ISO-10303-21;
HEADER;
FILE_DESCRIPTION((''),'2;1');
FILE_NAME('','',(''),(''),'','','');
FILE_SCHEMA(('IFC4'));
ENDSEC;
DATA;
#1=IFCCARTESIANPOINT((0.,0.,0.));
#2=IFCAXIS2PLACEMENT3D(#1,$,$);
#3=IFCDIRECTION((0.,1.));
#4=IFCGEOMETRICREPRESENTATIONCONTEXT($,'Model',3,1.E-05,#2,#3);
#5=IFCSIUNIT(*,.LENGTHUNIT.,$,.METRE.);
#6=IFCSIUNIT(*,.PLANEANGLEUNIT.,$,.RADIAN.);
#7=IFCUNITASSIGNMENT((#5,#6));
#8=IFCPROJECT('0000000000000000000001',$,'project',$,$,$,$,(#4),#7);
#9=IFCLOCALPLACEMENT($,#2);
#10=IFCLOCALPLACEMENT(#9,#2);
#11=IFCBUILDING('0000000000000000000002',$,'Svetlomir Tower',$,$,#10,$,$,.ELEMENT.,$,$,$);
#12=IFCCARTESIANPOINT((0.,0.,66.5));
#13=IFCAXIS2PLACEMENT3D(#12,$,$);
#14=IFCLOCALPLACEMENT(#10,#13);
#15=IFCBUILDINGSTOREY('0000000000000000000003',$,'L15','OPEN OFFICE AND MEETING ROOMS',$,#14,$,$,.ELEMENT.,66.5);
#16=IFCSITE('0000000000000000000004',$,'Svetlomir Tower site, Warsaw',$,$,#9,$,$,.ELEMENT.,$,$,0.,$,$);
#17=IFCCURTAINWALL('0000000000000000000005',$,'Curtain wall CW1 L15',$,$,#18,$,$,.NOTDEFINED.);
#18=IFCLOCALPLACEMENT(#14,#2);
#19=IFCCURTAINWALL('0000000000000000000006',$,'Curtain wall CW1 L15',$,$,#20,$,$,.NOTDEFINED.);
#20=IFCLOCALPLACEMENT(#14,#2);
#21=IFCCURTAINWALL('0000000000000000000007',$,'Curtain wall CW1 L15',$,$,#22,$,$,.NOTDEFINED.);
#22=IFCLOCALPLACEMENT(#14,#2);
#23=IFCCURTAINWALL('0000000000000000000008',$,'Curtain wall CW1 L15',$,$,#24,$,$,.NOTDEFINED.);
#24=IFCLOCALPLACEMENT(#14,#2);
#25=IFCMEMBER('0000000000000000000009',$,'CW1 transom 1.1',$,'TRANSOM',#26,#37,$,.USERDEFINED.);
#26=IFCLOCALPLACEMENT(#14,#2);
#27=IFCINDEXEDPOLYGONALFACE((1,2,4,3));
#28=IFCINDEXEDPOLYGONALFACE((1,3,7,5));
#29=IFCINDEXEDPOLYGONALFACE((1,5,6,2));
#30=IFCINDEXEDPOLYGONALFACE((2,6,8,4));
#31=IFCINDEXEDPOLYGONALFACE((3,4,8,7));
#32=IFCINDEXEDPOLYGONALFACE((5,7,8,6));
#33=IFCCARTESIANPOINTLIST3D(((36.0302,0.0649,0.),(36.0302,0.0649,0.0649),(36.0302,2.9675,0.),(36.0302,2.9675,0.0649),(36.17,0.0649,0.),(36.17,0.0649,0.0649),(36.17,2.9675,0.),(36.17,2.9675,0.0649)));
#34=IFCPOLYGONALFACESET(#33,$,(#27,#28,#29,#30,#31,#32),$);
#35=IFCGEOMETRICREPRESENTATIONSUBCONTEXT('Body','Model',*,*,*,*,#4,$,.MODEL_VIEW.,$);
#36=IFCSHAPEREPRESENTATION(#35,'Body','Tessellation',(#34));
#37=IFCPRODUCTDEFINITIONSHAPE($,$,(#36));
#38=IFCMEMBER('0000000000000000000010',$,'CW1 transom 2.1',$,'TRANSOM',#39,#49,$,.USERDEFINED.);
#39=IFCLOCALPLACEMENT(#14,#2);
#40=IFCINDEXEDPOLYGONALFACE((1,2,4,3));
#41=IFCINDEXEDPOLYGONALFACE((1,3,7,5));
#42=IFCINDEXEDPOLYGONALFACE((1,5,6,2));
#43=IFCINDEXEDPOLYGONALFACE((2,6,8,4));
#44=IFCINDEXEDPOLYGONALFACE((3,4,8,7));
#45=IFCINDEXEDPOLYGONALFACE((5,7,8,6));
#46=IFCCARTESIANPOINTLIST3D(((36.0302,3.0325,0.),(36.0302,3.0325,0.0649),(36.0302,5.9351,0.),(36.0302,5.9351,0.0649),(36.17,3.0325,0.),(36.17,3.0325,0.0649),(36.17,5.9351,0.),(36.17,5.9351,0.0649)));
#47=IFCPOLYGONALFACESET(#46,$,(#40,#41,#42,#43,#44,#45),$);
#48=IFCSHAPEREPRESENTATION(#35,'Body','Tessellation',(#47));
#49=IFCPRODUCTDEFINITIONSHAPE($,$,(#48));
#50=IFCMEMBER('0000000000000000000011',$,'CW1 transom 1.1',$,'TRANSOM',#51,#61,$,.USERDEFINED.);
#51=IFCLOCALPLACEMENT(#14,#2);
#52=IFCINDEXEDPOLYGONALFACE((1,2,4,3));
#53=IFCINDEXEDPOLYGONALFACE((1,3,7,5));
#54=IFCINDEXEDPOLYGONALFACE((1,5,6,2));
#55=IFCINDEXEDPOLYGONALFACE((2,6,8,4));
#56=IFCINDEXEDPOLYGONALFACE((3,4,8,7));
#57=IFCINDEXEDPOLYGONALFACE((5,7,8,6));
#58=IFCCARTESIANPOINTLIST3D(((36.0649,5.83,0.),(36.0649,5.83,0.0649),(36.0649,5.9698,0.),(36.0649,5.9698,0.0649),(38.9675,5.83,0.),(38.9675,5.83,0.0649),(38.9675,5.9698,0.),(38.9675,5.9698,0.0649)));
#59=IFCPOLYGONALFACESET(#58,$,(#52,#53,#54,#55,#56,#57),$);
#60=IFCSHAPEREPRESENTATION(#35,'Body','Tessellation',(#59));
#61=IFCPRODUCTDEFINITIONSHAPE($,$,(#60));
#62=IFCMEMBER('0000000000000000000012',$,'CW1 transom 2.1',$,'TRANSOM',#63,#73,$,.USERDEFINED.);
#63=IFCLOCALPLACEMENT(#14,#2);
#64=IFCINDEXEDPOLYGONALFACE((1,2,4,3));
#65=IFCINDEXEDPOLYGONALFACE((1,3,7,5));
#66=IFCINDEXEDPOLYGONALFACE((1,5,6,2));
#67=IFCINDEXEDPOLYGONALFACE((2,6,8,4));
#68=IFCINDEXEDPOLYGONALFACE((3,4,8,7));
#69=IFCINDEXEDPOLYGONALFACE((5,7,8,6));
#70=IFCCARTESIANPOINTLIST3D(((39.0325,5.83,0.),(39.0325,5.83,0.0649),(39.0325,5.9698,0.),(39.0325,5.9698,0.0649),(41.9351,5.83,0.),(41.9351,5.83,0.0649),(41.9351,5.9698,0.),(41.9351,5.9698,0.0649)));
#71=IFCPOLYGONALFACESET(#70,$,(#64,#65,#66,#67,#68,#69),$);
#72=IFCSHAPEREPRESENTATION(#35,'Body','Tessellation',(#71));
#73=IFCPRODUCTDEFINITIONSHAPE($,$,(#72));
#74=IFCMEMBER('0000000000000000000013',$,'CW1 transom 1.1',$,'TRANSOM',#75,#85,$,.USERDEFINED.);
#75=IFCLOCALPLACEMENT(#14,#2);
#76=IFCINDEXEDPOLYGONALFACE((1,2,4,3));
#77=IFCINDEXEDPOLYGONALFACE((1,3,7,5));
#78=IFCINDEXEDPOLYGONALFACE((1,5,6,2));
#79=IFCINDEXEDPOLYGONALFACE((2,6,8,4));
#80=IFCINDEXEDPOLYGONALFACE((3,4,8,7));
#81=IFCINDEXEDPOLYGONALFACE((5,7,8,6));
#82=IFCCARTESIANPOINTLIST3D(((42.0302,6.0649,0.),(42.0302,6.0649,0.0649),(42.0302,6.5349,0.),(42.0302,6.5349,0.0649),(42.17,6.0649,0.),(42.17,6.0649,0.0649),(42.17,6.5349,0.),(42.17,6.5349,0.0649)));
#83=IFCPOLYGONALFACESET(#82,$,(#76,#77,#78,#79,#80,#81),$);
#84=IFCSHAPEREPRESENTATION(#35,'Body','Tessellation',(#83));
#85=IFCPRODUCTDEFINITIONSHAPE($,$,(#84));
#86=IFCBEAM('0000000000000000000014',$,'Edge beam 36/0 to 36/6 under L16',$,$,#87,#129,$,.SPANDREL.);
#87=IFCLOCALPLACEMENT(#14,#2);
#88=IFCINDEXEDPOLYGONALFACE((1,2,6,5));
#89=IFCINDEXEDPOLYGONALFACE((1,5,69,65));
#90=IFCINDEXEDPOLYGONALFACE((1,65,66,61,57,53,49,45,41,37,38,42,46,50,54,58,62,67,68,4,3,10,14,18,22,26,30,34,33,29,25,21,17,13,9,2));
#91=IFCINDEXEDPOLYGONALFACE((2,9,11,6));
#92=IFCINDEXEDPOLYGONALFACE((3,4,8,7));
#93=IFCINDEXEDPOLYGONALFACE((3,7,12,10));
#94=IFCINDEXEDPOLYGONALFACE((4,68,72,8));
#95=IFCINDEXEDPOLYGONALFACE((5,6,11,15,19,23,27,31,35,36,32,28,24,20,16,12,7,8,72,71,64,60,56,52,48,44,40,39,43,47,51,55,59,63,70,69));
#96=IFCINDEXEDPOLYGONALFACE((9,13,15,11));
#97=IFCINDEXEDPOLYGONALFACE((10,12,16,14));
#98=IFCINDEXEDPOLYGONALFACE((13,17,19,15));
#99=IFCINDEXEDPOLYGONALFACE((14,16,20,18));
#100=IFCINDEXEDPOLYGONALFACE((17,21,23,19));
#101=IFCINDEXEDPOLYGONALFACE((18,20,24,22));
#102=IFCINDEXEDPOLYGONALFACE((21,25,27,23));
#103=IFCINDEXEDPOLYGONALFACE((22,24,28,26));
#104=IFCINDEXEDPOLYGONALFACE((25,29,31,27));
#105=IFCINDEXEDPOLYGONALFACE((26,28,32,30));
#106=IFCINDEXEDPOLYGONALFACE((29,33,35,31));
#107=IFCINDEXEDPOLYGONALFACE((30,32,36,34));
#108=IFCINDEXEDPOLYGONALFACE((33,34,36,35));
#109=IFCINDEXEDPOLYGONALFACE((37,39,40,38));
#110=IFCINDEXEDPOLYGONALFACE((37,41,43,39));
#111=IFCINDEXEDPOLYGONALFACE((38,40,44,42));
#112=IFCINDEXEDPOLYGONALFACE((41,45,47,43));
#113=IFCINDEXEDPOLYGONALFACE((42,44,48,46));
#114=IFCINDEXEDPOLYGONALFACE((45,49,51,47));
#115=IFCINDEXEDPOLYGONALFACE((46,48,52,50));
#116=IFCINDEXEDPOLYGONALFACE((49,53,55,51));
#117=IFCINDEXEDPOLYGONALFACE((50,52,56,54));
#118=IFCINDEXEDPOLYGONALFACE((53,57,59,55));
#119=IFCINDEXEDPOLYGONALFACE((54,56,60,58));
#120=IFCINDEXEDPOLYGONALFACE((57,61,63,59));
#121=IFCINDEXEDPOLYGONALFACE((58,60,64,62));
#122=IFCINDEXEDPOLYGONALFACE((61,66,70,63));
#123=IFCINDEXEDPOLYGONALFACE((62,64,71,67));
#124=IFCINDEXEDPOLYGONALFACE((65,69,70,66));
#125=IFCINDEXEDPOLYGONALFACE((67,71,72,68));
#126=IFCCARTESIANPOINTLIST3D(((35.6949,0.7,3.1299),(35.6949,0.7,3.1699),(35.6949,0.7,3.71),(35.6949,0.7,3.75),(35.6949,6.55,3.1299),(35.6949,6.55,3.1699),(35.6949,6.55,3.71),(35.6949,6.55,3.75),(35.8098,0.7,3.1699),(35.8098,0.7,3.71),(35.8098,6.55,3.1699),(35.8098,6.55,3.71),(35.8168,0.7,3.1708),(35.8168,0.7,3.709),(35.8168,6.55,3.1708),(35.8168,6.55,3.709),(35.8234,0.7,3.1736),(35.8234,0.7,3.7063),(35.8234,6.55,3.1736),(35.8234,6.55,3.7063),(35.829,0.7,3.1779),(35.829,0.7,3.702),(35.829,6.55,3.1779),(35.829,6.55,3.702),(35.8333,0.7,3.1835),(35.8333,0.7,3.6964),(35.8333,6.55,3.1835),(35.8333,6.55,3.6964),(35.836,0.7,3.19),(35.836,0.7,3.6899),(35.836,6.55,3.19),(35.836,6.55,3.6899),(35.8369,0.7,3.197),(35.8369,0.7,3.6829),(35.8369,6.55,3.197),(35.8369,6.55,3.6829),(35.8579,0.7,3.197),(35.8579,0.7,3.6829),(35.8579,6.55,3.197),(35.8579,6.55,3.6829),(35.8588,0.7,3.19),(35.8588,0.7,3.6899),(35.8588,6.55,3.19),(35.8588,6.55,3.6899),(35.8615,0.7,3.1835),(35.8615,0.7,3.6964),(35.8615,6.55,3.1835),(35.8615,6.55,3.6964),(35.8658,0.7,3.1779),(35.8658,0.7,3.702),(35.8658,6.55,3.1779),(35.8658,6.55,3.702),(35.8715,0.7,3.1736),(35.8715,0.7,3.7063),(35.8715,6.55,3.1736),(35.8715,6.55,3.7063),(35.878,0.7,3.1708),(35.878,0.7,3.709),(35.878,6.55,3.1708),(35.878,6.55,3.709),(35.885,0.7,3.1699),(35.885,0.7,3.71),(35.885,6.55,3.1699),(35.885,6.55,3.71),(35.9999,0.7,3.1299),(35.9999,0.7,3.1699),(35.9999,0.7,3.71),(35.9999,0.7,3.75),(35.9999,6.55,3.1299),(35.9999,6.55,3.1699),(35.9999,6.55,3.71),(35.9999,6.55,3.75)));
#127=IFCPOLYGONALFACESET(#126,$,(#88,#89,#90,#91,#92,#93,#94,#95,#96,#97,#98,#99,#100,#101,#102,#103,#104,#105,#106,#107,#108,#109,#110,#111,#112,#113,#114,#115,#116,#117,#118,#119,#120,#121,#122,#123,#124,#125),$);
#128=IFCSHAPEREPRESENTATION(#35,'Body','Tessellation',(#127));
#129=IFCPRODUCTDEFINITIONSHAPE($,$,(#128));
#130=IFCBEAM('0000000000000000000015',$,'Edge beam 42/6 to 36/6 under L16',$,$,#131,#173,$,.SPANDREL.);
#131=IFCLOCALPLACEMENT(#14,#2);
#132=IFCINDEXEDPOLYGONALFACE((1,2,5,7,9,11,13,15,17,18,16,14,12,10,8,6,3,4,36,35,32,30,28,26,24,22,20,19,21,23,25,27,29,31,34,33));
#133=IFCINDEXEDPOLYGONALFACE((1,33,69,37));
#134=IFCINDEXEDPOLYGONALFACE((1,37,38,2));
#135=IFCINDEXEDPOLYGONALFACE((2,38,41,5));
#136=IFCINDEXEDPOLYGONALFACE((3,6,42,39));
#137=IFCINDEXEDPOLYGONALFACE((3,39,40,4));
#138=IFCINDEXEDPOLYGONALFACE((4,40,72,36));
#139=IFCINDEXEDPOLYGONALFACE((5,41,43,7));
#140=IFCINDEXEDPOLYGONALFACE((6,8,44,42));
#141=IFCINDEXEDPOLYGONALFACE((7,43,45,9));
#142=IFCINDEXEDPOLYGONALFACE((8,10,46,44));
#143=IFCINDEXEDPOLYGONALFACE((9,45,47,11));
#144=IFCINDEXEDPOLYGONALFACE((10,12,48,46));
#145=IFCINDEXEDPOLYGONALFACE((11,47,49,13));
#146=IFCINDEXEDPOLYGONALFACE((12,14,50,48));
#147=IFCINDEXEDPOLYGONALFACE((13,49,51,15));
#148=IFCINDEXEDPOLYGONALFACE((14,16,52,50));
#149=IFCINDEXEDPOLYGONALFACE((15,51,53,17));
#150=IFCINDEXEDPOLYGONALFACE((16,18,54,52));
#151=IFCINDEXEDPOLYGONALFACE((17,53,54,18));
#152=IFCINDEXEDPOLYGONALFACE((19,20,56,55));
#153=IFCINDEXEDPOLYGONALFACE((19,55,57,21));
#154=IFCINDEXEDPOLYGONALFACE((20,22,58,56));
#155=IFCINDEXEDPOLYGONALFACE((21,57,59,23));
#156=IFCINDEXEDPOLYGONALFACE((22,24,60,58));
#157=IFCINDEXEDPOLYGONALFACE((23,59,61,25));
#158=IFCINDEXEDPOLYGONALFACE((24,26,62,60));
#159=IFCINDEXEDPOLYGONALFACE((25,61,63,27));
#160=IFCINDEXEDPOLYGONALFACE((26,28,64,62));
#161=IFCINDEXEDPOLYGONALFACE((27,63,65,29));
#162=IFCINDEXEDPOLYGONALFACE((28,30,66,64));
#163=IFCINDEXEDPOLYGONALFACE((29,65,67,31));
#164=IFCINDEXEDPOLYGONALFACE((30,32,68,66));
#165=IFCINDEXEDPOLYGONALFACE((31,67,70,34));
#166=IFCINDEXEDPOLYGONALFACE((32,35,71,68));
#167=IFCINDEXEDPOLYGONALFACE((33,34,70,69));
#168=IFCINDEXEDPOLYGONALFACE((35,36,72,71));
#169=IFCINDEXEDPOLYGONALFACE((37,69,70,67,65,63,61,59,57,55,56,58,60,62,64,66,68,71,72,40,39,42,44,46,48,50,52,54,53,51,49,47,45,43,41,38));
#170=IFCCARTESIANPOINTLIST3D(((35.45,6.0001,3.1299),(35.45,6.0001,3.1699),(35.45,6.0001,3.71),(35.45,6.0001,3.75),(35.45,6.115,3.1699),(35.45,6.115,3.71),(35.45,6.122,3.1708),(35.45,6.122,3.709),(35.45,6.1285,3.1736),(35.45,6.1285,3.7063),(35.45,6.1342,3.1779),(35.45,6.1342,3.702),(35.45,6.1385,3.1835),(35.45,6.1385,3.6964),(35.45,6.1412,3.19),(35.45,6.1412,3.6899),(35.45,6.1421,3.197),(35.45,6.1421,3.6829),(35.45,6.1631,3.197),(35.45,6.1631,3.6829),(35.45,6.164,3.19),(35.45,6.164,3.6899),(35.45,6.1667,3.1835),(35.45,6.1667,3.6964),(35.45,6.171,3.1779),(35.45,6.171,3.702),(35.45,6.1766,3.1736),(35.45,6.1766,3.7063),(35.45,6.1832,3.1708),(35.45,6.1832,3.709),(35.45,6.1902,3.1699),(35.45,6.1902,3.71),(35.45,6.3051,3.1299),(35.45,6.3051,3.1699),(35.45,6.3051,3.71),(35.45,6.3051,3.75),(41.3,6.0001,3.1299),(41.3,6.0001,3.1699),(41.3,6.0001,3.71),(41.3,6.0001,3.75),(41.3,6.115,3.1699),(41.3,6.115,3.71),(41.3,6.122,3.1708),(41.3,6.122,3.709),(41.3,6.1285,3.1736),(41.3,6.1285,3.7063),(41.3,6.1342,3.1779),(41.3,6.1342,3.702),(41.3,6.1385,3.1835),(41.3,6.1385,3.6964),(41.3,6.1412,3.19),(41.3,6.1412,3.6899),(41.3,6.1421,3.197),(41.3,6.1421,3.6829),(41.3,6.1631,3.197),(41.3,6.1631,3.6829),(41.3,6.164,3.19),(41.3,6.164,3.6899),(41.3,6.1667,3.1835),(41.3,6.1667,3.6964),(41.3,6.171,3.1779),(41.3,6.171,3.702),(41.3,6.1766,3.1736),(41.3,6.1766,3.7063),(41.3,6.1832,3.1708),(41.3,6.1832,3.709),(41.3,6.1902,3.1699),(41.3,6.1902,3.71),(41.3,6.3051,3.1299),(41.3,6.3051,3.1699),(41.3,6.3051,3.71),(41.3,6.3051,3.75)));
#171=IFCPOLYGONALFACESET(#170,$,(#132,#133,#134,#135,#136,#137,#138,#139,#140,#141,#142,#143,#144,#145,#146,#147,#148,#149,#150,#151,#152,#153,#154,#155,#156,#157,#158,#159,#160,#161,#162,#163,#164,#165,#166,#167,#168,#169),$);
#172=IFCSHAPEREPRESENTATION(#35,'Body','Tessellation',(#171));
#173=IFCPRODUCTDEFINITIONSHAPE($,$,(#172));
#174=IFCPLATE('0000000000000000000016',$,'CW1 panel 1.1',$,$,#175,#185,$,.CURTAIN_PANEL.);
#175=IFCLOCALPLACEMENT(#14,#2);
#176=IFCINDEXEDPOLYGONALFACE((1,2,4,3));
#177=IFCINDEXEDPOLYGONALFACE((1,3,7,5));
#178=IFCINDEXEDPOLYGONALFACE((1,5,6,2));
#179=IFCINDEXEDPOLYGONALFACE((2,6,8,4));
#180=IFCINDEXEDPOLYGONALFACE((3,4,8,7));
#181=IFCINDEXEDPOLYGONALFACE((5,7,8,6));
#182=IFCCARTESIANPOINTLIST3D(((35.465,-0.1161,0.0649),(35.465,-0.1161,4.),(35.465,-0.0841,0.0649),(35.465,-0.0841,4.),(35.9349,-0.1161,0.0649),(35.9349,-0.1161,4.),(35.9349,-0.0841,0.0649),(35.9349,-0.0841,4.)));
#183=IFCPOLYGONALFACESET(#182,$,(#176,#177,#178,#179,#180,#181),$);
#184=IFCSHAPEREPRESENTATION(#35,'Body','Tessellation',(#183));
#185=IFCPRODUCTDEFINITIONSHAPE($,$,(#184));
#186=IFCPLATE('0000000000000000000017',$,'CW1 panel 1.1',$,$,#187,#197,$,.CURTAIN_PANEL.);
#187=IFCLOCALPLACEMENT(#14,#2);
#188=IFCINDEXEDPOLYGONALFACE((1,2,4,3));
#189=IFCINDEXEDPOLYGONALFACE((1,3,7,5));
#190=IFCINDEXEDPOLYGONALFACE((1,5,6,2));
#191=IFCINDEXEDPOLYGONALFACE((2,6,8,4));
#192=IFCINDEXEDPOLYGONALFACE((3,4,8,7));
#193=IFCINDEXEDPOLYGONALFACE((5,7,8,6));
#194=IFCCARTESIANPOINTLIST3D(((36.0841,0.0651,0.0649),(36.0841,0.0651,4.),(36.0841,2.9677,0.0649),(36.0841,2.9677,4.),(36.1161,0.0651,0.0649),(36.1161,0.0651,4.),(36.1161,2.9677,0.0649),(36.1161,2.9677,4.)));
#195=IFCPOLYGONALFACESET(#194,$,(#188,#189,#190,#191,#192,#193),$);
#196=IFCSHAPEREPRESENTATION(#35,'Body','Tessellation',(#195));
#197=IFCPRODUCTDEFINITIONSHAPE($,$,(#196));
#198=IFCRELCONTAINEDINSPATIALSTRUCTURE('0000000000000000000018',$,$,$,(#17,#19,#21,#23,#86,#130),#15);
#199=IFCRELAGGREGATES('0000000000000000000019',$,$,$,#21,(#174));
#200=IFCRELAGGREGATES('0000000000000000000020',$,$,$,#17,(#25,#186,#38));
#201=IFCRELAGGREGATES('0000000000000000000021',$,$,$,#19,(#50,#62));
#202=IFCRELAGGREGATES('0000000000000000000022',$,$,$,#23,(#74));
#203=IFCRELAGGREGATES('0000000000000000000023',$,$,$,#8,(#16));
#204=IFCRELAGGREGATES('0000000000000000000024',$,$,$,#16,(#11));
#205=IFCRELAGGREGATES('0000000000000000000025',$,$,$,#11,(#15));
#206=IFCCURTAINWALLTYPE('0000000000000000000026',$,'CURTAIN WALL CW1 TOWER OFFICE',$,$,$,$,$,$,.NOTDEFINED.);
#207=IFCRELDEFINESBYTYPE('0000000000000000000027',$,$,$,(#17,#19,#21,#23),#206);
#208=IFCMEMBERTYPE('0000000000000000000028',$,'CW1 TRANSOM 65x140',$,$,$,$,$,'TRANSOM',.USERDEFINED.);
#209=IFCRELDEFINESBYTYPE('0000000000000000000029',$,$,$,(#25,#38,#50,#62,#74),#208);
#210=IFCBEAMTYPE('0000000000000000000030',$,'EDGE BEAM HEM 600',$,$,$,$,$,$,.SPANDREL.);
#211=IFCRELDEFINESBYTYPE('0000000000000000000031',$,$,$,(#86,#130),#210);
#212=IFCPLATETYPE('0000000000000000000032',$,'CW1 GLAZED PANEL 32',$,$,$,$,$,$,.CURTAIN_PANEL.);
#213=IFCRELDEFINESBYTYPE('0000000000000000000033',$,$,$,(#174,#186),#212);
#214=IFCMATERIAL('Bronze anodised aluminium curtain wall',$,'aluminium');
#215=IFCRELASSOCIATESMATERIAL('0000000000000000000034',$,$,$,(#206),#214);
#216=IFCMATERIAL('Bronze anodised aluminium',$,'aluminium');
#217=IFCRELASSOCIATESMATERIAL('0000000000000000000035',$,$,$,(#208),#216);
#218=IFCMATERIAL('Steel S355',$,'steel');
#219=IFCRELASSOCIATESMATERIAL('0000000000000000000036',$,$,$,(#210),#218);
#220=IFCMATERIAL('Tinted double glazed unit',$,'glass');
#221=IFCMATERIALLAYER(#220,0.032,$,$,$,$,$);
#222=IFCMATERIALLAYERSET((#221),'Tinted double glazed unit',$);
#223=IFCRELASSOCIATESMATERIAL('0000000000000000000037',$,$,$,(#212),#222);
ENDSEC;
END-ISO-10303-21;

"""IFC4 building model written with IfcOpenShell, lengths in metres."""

from ifc_helpers import new_model, si_unit, direction, frame, origin, origin_2d, place, context, subcontext, project, spatial, rectangle, i_section, extrude, material, layer, layer_set, material_profile, profile_set, type_object, element, aggregate, save


model = new_model("IFC4")

# Units and contexts
model_context = context("Model", 3, precision=1e-05, world=origin(), true_north=direction((0.0, 1.0)))
body_context = subcontext(model_context, "Body", "Model", "MODEL_VIEW")
ifc_project = project(units=[si_unit("LENGTHUNIT", "METRE"), si_unit("PLANEANGLEUNIT", "RADIAN")], contexts=[model_context])

# Site, building, storey
site_placement = place(None, origin())
site = spatial("IfcSite", under=ifc_project, at=site_placement, Name="Svetlomir Tower site, Warsaw", CompositionType="ELEMENT", RefElevation=0.0)
building_placement = place(site_placement, origin())
building = spatial("IfcBuilding", under=site, at=building_placement, Name="Svetlomir Tower", CompositionType="ELEMENT")
storey_placement = place(building_placement, frame((0.0, 0.0, 66.5)))
storey = spatial("IfcBuildingStorey", under=building, at=storey_placement, Name="L15", Description="OPEN OFFICE AND MEETING ROOMS", CompositionType="ELEMENT", Elevation=66.5)

# Curtain walls
ifc_material_1 = material(Name="Bronze anodised aluminium curtain wall", Category="aluminium")
curtain_wall_type = type_object("IfcCurtainWallType", Name="CURTAIN WALL CW1 TOWER OFFICE", PredefinedType="NOTDEFINED", material=ifc_material_1)
curtain_wall_1_placement = place(storey_placement, origin())
curtain_wall_1 = element("IfcCurtainWall", 1, at=curtain_wall_1_placement, inside=storey, type_object=curtain_wall_type, Name="Curtain wall CW1 L15", PredefinedType="NOTDEFINED")
curtain_wall_2_placement = place(storey_placement, origin())
curtain_wall_2 = element("IfcCurtainWall", 2, at=curtain_wall_2_placement, inside=storey, type_object=curtain_wall_type, Name="Curtain wall CW1 L15", PredefinedType="NOTDEFINED")

# Curtain wall
curtain_wall_3_placement = place(storey_placement, origin())
curtain_wall_3 = element("IfcCurtainWall", 3, at=curtain_wall_3_placement, inside=storey, type_object=curtain_wall_type, Name="Curtain wall CW1 L15", PredefinedType="NOTDEFINED")

# Curtain wall
curtain_wall_4_placement = place(storey_placement, origin())
curtain_wall_4 = element("IfcCurtainWall", 4, at=curtain_wall_4_placement, inside=storey, type_object=curtain_wall_type, Name="Curtain wall CW1 L15", PredefinedType="NOTDEFINED")

# Members
ifc_material_2 = material(Name="Bronze anodised aluminium", Category="aluminium")
ifc_material_profile_1 = material_profile(ifc_material_2, rectangle(XDim=0.1399, YDim=0.0649, at=origin_2d()), Name="AL 140x65")
ifc_profile_set_1 = profile_set([ifc_material_profile_1], Name="Bronze anodised aluminium 6063-T6")
member_type_1 = type_object("IfcMemberType", Name="CW1 TRANSOM 65x140", ElementType="TRANSOM", PredefinedType="USERDEFINED", material=ifc_profile_set_1)
member_1_placement = place(storey_placement, frame((36.1001, 0.0649, 0.0325), z_axis=(0.0, 1.0, 0.0), x_axis=(-1.0, 0.0, 0.0)))
member_1 = element("IfcMember", 5, at=member_1_placement, type_object=member_type_1, Name="CW1 transom 1.1", ObjectType="TRANSOM", PredefinedType="USERDEFINED", context=body_context, shape_type="SweptSolid", body=[
    extrude(rectangle(XDim=0.1399, YDim=0.0649, at=origin_2d()), origin(), (0.0, 0.0, 1.0), 2.9026),
])
member_2_placement = place(storey_placement, frame((36.1001, 3.0325, 0.0325), z_axis=(0.0, 1.0, 0.0), x_axis=(-1.0, 0.0, 0.0)))
member_2 = element("IfcMember", 6, at=member_2_placement, type_object=member_type_1, Name="CW1 transom 2.1", ObjectType="TRANSOM", PredefinedType="USERDEFINED", context=body_context, shape_type="SweptSolid", body=[
    extrude(rectangle(XDim=0.1399, YDim=0.0649, at=origin_2d()), origin(), (0.0, 0.0, 1.0), 2.9026),
])
member_3_placement = place(storey_placement, frame((36.0649, 5.8999, 0.0325), z_axis=(1.0, 0.0, 0.0), x_axis=(0.0, 1.0, 0.0)))
member_3 = element("IfcMember", 7, at=member_3_placement, type_object=member_type_1, Name="CW1 transom 1.1", ObjectType="TRANSOM", PredefinedType="USERDEFINED", context=body_context, shape_type="SweptSolid", body=[
    extrude(rectangle(XDim=0.1399, YDim=0.0649, at=origin_2d()), origin(), (0.0, 0.0, 1.0), 2.9026),
])
member_4_placement = place(storey_placement, frame((39.0325, 5.8999, 0.0325), z_axis=(1.0, 0.0, 0.0), x_axis=(0.0, 1.0, 0.0)))
member_4 = element("IfcMember", 8, at=member_4_placement, type_object=member_type_1, Name="CW1 transom 2.1", ObjectType="TRANSOM", PredefinedType="USERDEFINED", context=body_context, shape_type="SweptSolid", body=[
    extrude(rectangle(XDim=0.1399, YDim=0.0649, at=origin_2d()), origin(), (0.0, 0.0, 1.0), 2.9026),
])
member_5_placement = place(storey_placement, frame((42.1001, 6.0649, 0.0325), z_axis=(0.0, 1.0, 0.0), x_axis=(-1.0, 0.0, 0.0)))
member_5 = element("IfcMember", 9, at=member_5_placement, type_object=member_type_1, Name="CW1 transom 1.1", ObjectType="TRANSOM", PredefinedType="USERDEFINED", context=body_context, shape_type="SweptSolid", body=[
    extrude(rectangle(XDim=0.1399, YDim=0.0649, at=origin_2d()), origin(), (0.0, 0.0, 1.0), 0.47),
])

# Beams
ifc_material_3 = material(Name="Steel S355", Category="steel")
ifc_material_profile_2 = material_profile(ifc_material_3, i_section(OverallWidth=0.3049, OverallDepth=0.6201, WebThickness=0.021, FlangeThickness=0.04, FilletRadius=0.0271, at=origin_2d()), Name="HEM 600")
ifc_profile_set_2 = profile_set([ifc_material_profile_2], Name="Steel S355")
beam_type_1 = type_object("IfcBeamType", Name="EDGE BEAM HEM 600", PredefinedType="SPANDREL", material=ifc_profile_set_2)
for number, where, z_axis, x_axis, name in (
    (10, (35.8474, 0.7, 3.4399), (0.0, 1.0, 0.0), (-1.0, 0.0, 0.0), "Edge beam 36/0 to 36/6 under L16"),
    (11, (41.3, 6.1526, 3.4399), (-1.0, 0.0, 0.0), (0.0, -1.0, 0.0), "Edge beam 42/6 to 36/6 under L16"),
):
    element("IfcBeam", number, at=place(storey_placement, frame(where, z_axis=z_axis, x_axis=x_axis)), inside=storey, type_object=beam_type_1, Name=name, PredefinedType="SPANDREL", context=body_context, shape_type="SweptSolid", body=[
        extrude(i_section(OverallWidth=0.3049, OverallDepth=0.6201, WebThickness=0.021, FlangeThickness=0.04, FilletRadius=0.0271, at=origin_2d()), origin(), (0.0, 0.0, 1.0), 5.8501),
    ])

# Plates
ifc_material_4 = material(Name="Tinted double glazed unit", Category="glass")
ifc_layer_1 = layer(ifc_material_4, 0.032)
ifc_layer_set_1 = layer_set([ifc_layer_1], Name="Tinted double glazed unit")
plate_type = type_object("IfcPlateType", Name="CW1 GLAZED PANEL 32", PredefinedType="CURTAIN_PANEL", material=ifc_layer_set_1)
plate_1_placement = place(storey_placement, frame((35.7, -0.1001, 0.0649), z_axis=(0.0, 0.0, 1.0), x_axis=(1.0, 0.0, 0.0)))
plate_1 = element("IfcPlate", 12, at=plate_1_placement, type_object=plate_type, Name="CW1 panel 1.1", PredefinedType="CURTAIN_PANEL", context=body_context, shape_type="SweptSolid", body=[
    extrude(rectangle(XDim=0.47, YDim=0.032, at=origin_2d()), origin(), (0.0, 0.0, 1.0), 3.9351),
])
aggregate(curtain_wall_3, [plate_1])
plate_2_placement = place(storey_placement, frame((36.1001, 1.5164, 0.0649), z_axis=(0.0, 0.0, 1.0), x_axis=(0.0, 1.0, 0.0)))
plate_2 = element("IfcPlate", 13, at=plate_2_placement, type_object=plate_type, Name="CW1 panel 1.1", PredefinedType="CURTAIN_PANEL", context=body_context, shape_type="SweptSolid", body=[
    extrude(rectangle(XDim=2.9026, YDim=0.032, at=origin_2d()), origin(), (0.0, 0.0, 1.0), 3.9351),
])
aggregate(curtain_wall_1, [member_1, plate_2, member_2])
aggregate(curtain_wall_2, [member_3, member_4])
aggregate(curtain_wall_4, [member_5])

save(model, "model.ifc")
